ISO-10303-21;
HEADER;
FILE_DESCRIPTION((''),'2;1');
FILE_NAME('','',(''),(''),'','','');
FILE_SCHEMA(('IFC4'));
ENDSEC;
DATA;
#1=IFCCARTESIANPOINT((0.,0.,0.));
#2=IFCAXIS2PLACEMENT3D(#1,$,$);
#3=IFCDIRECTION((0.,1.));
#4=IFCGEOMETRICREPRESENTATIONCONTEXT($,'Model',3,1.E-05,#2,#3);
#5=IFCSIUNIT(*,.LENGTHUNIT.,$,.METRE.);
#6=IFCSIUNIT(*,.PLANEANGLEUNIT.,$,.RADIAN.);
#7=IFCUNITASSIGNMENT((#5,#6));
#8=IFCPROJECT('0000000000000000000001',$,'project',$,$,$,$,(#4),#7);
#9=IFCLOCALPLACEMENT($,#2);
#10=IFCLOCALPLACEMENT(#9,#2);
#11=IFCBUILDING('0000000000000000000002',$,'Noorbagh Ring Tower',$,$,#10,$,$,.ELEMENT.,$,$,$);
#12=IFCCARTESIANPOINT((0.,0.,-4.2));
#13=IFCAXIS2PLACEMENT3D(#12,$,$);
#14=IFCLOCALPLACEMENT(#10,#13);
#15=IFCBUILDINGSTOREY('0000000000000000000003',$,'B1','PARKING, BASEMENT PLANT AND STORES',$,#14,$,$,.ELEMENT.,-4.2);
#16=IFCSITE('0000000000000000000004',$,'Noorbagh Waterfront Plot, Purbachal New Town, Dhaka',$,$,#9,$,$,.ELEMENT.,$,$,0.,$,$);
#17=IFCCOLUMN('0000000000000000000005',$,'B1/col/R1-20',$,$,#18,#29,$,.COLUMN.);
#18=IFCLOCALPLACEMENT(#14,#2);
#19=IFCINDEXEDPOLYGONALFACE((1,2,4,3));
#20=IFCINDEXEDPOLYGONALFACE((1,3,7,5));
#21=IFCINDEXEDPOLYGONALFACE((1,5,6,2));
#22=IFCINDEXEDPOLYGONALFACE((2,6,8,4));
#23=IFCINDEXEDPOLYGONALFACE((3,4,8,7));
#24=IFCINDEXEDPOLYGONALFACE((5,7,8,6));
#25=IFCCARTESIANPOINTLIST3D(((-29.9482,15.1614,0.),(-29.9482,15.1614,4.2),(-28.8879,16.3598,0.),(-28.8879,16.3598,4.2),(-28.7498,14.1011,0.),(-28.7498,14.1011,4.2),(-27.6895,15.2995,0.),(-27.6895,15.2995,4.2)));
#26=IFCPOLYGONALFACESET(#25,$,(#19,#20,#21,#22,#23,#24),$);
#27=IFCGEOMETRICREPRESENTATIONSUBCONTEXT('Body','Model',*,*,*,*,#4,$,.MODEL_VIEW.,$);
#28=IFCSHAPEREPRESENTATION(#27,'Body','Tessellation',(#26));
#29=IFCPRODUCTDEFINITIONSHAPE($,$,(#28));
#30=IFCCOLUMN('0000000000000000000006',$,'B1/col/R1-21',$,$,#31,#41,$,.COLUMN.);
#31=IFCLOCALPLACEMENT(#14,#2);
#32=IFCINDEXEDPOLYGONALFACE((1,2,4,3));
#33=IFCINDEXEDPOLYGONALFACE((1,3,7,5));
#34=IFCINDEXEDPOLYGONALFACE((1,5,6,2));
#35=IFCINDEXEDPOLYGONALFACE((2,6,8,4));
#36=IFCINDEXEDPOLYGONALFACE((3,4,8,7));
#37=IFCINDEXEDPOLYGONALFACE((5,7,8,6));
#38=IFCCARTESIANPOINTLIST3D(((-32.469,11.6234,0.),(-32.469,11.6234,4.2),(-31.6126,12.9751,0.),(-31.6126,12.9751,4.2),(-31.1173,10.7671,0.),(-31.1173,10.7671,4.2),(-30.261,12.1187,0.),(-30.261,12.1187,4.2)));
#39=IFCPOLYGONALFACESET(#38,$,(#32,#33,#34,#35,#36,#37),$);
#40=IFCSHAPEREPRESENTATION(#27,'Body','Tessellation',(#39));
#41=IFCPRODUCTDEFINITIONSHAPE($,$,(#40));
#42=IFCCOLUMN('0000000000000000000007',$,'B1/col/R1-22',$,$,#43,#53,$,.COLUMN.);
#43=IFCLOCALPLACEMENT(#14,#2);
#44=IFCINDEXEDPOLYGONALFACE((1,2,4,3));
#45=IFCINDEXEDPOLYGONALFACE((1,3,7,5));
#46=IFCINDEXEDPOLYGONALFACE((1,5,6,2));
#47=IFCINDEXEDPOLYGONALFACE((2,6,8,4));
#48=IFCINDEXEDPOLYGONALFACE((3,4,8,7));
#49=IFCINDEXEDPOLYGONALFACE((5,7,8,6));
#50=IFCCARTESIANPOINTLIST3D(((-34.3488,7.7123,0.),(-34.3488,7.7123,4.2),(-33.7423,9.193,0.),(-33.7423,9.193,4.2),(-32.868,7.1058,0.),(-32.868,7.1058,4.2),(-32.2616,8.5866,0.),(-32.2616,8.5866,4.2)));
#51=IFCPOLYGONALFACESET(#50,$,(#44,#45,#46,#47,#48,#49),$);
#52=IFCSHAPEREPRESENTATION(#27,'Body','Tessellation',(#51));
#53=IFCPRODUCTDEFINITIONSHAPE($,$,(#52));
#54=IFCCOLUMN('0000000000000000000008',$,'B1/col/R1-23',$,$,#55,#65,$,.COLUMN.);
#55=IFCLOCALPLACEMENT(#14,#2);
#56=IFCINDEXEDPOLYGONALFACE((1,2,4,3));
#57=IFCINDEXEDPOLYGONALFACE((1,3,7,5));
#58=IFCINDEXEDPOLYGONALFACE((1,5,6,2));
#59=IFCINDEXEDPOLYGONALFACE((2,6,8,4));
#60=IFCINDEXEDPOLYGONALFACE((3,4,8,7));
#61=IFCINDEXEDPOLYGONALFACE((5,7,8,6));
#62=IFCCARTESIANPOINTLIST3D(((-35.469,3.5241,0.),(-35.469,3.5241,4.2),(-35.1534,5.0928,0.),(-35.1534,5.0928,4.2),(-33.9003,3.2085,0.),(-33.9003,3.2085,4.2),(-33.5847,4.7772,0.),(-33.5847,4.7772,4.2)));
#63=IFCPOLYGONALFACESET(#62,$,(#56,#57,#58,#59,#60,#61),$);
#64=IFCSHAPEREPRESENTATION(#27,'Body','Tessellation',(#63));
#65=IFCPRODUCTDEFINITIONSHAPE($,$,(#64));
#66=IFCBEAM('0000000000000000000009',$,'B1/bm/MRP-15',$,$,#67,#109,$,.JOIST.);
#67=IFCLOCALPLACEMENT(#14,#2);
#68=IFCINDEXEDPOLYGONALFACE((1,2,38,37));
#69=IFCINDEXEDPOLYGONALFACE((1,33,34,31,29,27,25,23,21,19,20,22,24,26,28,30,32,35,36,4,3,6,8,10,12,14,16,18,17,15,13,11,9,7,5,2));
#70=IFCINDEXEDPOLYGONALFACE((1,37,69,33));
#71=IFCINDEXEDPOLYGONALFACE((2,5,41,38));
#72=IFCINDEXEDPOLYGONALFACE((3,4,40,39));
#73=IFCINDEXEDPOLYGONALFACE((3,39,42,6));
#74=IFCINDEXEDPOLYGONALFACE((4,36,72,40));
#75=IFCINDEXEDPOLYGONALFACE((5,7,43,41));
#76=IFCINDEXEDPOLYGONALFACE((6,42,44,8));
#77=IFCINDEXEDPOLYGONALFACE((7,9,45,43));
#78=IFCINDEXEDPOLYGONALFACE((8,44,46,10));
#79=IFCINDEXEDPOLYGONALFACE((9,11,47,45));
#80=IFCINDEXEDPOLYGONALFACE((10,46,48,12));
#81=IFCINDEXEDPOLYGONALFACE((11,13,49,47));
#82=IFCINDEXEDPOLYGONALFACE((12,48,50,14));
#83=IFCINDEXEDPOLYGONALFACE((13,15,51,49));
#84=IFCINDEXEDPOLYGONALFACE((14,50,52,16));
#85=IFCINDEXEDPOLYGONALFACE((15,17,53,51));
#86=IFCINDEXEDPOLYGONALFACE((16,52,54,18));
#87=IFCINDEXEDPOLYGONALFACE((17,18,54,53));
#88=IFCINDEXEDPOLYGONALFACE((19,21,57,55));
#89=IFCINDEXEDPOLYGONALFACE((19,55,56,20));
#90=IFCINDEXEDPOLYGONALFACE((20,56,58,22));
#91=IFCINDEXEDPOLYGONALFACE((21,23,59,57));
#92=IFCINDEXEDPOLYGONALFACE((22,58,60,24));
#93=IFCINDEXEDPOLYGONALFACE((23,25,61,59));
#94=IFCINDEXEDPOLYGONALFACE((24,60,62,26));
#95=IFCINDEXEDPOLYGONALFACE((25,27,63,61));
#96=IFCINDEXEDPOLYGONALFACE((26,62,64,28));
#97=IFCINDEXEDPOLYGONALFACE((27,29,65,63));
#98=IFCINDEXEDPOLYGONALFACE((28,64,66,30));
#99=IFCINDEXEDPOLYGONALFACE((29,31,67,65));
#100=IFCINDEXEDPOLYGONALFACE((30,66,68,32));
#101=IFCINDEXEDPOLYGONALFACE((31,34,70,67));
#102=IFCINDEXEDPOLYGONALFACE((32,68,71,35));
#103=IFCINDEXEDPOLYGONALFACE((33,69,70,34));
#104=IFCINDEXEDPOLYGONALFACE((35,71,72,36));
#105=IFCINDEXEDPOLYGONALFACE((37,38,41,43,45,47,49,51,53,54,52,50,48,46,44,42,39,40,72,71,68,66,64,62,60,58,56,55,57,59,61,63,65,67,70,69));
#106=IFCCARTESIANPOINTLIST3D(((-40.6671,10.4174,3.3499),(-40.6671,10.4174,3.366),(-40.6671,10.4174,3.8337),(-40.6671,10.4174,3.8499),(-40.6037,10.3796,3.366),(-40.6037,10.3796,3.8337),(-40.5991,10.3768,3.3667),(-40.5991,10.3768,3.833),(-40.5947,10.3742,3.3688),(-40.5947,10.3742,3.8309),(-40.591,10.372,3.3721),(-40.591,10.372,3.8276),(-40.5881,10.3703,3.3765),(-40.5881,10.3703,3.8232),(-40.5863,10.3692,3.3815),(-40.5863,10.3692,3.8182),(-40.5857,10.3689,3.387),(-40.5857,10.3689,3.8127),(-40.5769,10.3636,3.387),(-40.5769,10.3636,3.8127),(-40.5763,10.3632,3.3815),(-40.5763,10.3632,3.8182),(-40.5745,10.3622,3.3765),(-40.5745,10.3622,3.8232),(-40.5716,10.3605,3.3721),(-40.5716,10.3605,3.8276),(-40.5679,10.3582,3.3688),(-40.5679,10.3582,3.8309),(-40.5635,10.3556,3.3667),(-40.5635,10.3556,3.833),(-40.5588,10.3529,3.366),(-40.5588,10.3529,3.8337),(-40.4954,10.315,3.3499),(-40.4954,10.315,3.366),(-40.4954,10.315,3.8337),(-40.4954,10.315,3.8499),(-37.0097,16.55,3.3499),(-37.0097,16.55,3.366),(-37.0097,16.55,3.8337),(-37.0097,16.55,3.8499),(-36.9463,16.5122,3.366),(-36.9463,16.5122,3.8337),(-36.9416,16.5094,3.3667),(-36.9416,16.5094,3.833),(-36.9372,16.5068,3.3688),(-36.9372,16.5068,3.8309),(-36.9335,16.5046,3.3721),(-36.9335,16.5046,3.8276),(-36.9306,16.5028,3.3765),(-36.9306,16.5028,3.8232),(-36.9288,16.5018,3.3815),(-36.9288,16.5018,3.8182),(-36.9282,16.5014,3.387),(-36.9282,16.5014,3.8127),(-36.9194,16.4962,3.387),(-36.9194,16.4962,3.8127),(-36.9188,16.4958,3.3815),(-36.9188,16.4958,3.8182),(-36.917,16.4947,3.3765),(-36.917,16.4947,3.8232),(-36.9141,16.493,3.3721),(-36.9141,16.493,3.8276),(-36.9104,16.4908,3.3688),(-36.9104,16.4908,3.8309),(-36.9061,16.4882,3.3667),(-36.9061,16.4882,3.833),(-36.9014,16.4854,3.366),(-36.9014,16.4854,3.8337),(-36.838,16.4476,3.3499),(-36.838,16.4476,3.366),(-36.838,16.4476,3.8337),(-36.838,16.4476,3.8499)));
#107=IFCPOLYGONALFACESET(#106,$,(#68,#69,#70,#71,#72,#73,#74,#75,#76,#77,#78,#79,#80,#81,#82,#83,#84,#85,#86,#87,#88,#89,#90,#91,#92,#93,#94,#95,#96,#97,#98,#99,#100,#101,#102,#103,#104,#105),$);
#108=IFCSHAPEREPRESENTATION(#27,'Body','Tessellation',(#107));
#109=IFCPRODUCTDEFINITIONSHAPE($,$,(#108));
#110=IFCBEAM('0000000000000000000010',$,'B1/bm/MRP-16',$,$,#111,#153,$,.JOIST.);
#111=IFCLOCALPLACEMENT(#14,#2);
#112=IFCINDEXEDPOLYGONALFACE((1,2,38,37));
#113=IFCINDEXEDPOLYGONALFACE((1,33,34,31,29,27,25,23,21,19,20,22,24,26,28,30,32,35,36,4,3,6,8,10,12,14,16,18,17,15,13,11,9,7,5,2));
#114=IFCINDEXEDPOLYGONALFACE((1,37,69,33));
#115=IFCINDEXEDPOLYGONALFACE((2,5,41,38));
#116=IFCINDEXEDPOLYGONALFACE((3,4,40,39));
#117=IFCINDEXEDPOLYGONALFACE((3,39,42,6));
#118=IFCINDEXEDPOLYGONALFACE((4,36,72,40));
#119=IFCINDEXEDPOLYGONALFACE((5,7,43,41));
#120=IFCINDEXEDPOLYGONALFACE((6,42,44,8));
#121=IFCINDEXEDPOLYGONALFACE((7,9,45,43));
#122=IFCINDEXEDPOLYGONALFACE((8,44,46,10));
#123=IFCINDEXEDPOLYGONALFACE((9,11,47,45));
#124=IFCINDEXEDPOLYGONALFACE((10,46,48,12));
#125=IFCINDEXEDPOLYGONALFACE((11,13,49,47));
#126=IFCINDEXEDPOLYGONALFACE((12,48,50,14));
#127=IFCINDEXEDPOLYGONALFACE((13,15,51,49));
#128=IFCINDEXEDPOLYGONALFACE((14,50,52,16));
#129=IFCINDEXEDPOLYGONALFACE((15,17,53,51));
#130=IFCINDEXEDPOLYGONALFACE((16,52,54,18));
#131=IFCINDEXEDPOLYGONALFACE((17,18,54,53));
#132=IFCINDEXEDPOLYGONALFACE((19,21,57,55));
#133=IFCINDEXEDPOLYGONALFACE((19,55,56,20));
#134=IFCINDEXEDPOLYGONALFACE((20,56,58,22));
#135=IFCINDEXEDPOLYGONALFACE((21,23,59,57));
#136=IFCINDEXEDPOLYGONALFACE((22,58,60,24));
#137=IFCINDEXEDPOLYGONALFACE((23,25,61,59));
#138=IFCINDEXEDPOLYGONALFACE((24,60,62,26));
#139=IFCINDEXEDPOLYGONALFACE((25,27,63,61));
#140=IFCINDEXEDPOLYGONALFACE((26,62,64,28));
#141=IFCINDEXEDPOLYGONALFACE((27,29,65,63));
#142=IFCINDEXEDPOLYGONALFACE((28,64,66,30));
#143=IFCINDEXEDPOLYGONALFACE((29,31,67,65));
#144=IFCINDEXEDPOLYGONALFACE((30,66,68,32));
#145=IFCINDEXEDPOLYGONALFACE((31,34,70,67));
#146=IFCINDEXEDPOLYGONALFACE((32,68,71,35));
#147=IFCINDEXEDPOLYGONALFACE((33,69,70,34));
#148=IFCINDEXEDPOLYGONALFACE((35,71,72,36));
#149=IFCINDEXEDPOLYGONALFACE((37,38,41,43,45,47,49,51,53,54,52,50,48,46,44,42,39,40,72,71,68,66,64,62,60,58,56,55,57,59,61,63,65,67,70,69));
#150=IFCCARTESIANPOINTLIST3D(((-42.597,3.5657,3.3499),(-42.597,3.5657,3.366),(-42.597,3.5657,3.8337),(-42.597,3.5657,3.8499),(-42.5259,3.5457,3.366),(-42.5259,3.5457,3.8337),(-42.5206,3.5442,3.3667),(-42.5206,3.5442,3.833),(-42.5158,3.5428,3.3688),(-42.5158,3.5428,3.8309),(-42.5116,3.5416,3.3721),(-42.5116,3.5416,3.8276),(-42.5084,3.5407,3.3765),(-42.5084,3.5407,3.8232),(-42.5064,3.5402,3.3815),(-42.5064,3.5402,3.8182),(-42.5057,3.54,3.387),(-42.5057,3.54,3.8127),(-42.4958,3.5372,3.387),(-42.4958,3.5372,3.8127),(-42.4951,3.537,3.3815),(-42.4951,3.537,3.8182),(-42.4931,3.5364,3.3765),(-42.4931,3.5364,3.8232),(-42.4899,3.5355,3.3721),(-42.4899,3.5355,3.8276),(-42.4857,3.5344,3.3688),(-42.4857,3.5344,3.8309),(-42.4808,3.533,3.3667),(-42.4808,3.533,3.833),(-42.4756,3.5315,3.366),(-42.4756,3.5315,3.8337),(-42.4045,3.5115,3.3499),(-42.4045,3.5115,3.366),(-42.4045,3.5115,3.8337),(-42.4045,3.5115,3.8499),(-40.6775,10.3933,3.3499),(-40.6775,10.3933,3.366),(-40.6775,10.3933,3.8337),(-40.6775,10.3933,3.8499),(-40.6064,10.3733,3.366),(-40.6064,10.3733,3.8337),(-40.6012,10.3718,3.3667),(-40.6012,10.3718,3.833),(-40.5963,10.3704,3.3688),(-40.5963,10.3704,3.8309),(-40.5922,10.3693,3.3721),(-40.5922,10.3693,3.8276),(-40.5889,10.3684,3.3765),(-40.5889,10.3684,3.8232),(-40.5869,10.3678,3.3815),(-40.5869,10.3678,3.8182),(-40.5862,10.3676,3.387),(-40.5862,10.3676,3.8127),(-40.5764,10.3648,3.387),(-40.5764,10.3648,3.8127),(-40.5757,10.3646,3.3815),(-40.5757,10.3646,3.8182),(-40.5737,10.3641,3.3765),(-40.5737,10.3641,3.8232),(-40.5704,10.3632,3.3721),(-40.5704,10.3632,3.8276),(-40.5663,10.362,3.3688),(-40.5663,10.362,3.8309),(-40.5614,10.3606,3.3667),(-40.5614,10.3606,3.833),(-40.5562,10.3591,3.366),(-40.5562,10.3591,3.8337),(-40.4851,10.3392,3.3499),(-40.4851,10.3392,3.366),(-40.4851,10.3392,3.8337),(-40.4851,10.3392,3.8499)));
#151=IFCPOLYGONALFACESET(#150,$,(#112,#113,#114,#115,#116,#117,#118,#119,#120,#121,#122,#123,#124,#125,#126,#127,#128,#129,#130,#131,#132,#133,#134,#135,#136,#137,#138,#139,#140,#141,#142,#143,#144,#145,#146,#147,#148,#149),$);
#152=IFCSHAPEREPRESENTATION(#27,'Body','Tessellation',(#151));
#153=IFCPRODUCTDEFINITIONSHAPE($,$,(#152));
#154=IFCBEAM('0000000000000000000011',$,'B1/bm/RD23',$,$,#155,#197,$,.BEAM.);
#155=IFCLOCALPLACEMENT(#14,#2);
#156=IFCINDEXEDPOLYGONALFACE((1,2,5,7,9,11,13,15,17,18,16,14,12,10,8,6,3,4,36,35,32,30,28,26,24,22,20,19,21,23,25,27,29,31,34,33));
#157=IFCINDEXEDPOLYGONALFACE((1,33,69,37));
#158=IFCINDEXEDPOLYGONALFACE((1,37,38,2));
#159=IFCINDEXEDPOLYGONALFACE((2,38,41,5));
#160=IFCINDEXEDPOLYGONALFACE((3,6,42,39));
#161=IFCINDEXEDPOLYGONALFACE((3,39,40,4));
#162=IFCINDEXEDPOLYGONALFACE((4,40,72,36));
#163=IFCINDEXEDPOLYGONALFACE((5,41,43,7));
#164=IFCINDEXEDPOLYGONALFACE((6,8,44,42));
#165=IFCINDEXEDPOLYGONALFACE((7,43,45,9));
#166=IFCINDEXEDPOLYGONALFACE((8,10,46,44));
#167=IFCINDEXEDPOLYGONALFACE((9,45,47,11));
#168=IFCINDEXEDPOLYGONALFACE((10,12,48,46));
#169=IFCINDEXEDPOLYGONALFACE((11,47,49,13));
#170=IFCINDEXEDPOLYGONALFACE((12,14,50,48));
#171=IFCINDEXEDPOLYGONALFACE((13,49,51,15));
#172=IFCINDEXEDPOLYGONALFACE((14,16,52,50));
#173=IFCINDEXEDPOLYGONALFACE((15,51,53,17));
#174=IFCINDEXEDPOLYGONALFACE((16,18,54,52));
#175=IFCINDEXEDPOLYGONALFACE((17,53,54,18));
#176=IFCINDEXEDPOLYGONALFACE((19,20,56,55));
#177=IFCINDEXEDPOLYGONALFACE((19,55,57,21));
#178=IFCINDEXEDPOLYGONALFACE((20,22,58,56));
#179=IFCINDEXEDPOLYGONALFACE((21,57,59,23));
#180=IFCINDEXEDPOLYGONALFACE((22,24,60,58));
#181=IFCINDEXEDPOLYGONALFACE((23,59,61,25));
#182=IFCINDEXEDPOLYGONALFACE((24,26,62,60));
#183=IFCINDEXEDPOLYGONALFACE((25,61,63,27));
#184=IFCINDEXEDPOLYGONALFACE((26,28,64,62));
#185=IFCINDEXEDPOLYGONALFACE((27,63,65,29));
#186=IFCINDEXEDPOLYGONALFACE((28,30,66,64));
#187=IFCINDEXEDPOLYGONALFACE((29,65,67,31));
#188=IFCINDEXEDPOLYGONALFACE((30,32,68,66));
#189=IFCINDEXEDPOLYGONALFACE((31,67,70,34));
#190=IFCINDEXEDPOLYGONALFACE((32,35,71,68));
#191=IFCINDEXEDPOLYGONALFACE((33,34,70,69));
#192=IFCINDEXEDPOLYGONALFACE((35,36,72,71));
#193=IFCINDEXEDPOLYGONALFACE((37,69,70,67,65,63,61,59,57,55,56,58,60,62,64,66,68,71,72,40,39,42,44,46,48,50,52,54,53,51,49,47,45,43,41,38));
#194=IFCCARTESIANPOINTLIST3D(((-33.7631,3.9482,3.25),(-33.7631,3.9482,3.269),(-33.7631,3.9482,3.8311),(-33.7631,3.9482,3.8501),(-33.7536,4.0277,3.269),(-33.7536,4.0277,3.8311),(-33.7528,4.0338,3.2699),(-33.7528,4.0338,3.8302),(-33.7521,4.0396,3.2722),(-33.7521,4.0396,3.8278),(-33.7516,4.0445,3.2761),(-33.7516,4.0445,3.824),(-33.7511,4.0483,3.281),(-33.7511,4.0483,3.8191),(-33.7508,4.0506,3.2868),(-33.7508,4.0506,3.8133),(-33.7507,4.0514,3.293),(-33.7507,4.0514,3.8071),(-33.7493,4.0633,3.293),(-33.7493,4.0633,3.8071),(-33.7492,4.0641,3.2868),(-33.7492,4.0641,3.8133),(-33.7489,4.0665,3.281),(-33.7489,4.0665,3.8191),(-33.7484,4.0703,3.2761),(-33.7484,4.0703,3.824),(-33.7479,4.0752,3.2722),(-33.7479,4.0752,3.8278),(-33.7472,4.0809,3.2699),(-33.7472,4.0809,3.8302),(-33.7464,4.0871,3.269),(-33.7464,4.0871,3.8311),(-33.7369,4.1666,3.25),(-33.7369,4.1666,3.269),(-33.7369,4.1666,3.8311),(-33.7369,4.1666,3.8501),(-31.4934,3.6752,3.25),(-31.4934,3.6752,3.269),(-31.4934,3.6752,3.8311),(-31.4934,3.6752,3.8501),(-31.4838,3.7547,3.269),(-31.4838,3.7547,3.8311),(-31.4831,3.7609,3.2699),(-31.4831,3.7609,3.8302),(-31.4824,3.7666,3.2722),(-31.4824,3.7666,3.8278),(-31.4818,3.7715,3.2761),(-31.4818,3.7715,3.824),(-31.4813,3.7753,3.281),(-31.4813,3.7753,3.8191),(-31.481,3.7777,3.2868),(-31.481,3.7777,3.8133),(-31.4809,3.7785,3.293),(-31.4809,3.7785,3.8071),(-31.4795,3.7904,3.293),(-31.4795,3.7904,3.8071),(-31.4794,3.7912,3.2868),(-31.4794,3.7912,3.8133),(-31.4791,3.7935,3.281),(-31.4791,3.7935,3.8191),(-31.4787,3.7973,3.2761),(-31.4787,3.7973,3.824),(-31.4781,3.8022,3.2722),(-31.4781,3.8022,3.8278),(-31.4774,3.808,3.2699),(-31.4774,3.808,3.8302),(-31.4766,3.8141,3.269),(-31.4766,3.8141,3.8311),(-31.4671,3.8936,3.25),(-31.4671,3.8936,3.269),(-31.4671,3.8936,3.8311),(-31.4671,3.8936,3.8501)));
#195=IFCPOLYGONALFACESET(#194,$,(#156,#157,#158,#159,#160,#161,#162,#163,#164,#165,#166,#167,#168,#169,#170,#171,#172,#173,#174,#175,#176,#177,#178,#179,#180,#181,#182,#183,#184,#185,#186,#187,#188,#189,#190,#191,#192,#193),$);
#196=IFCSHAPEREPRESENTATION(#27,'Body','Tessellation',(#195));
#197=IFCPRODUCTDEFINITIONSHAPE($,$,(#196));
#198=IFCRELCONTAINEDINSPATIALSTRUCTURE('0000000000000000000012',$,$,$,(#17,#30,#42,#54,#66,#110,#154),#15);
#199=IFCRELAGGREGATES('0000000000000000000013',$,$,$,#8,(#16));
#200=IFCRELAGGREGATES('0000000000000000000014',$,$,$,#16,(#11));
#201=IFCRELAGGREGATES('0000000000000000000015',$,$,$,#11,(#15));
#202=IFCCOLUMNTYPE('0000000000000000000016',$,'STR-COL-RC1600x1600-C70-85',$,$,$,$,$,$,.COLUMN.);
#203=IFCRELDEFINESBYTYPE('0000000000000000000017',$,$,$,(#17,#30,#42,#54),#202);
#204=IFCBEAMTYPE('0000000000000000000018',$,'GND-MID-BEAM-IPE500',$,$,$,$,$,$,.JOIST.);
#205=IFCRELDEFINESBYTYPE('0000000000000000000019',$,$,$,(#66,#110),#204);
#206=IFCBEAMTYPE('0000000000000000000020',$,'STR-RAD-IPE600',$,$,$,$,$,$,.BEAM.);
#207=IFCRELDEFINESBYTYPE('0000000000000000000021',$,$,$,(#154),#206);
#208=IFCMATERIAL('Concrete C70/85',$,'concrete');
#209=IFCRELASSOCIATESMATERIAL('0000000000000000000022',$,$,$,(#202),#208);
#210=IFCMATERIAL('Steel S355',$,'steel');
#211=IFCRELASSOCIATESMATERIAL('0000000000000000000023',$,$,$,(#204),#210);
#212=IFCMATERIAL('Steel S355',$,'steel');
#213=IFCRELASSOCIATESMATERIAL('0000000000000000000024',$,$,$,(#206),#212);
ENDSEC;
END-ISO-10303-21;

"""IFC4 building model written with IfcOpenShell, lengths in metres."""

from ifc_helpers import new_model, si_unit, direction, frame, origin, origin_2d, place, context, subcontext, project, spatial, rectangle, i_section, extrude, material, material_profile, profile_set, type_object, element, save


model = new_model("IFC4")

# Units and contexts
model_context = context("Model", 3, precision=1e-05, world=origin(), true_north=direction((0.0, 1.0)))
body_context = subcontext(model_context, "Body", "Model", "MODEL_VIEW")
ifc_project = project(units=[si_unit("LENGTHUNIT", "METRE"), si_unit("PLANEANGLEUNIT", "RADIAN")], contexts=[model_context])

# Site, building, storey
site_placement = place(None, origin())
site = spatial("IfcSite", under=ifc_project, at=site_placement, Name="Noorbagh Waterfront Plot, Purbachal New Town, Dhaka", CompositionType="ELEMENT", RefElevation=0.0)
building_placement = place(site_placement, origin())
building = spatial("IfcBuilding", under=site, at=building_placement, Name="Noorbagh Ring Tower", CompositionType="ELEMENT")
storey_placement = place(building_placement, frame((0.0, 0.0, -4.2)))
storey = spatial("IfcBuildingStorey", under=building, at=storey_placement, Name="B1", Description="PARKING, BASEMENT PLANT AND STORES", CompositionType="ELEMENT", Elevation=-4.2)

# Columns
ifc_material_1 = material(Name="Concrete C70/85", Category="concrete")
ifc_material_profile_1 = material_profile(ifc_material_1, rectangle(XDim=1.6001, YDim=1.6001, at=origin_2d()), Name="RC1600x1600")
ifc_profile_set_1 = profile_set([ifc_material_profile_1], Name="Concrete C70/85")
column_type = type_object("IfcColumnType", Name="STR-COL-RC1600x1600-C70-85", PredefinedType="COLUMN", material=ifc_profile_set_1)
for number, where, z_axis, x_axis, name in (
    (1, (-28.8188, 15.2305, 0.0), (0.0, 0.0, 1.0), (-0.662636, -0.748942, 0.0), "B1/col/R1-20"),
    (2, (-31.365, 11.8711, 0.0), (0.0, 0.0, 1.0), (-0.53519, -0.844731, 0.0), "B1/col/R1-21"),
    (3, (-33.3052, 8.1494, 0.0), (0.0, 0.0, 1.0), (-0.378989, -0.925401, 0.0), "B1/col/R1-22"),
    (4, (-34.5269, 4.1506, 0.0), (0.0, 0.0, 1.0), (-0.19723, -0.980357, 0.0), "B1/col/R1-23"),
):
    element("IfcColumn", number, at=place(storey_placement, frame(where, z_axis=z_axis, x_axis=x_axis)), inside=storey, type_object=column_type, Name=name, PredefinedType="COLUMN", context=body_context, shape_type="SweptSolid", body=[
        extrude(rectangle(XDim=1.6001, YDim=1.6001, at=origin_2d()), origin(), (0.0, 0.0, 1.0), 4.2),
    ])

# Beams
ifc_material_2 = material(Name="Steel S355", Category="steel")
ifc_material_profile_2 = material_profile(ifc_material_2, i_section(OverallWidth=0.2, OverallDepth=0.5, WebThickness=0.0103, FlangeThickness=0.0161, FilletRadius=0.021, at=origin_2d()), Name="IPE500")
ifc_profile_set_2 = profile_set([ifc_material_profile_2], Name="Steel S355")
beam_type_1 = type_object("IfcBeamType", Name="GND-MID-BEAM-IPE500", PredefinedType="JOIST", material=ifc_profile_set_2)
beam_1_placement = place(storey_placement, frame((-36.9238, 16.4988, 3.5999), z_axis=(-0.512221, -0.858854, 0.0), x_axis=(0.858854, -0.512221, 0.0)))
element("IfcBeam", 5, at=beam_1_placement, inside=storey, type_object=beam_type_1, Name="B1/bm/MRP-15", PredefinedType="JOIST", context=body_context, shape_type="SweptSolid", body=[
    extrude(i_section(OverallWidth=0.2, OverallDepth=0.5, WebThickness=0.0103, FlangeThickness=0.0161, FilletRadius=0.021, at=origin_2d()), origin(), (0.0, 0.0, 1.0), 7.1404),
])
beam_2_placement = place(storey_placement, frame((-40.5813, 10.3662, 3.5999), z_axis=(-0.270636, -0.962682, 0.0), x_axis=(0.962682, -0.270636, 0.0)))
element("IfcBeam", 6, at=beam_2_placement, inside=storey, type_object=beam_type_1, Name="B1/bm/MRP-16", PredefinedType="JOIST", context=body_context, shape_type="SweptSolid", body=[
    extrude(i_section(OverallWidth=0.2, OverallDepth=0.5, WebThickness=0.0103, FlangeThickness=0.0161, FilletRadius=0.021, at=origin_2d()), origin(), (0.0, 0.0, 1.0), 7.0923),
])
ifc_material_3 = material(Name="Steel S355", Category="steel")
ifc_material_profile_3 = material_profile(ifc_material_3, i_section(OverallWidth=0.22, OverallDepth=0.6001, WebThickness=0.012, FlangeThickness=0.019, FilletRadius=0.0239, at=origin_2d()), Name="IPE600")
ifc_profile_set_3 = profile_set([ifc_material_profile_3], Name="Steel S355")
beam_type_2 = type_object("IfcBeamType", Name="STR-RAD-IPE600", PredefinedType="BEAM", material=ifc_profile_set_3)
beam_3_placement = place(storey_placement, frame((-33.75, 4.0574, 3.55), z_axis=(0.992847, -0.119394, 0.0), x_axis=(0.119394, 0.992847, 0.0)))
element("IfcBeam", 7, at=beam_3_placement, inside=storey, type_object=beam_type_2, Name="B1/bm/RD23", PredefinedType="BEAM", context=body_context, shape_type="SweptSolid", body=[
    extrude(i_section(OverallWidth=0.22, OverallDepth=0.6001, WebThickness=0.012, FlangeThickness=0.019, FilletRadius=0.0239, at=origin_2d()), origin(), (0.0, 0.0, 1.0), 2.2861),
])

save(model, "model.ifc")
